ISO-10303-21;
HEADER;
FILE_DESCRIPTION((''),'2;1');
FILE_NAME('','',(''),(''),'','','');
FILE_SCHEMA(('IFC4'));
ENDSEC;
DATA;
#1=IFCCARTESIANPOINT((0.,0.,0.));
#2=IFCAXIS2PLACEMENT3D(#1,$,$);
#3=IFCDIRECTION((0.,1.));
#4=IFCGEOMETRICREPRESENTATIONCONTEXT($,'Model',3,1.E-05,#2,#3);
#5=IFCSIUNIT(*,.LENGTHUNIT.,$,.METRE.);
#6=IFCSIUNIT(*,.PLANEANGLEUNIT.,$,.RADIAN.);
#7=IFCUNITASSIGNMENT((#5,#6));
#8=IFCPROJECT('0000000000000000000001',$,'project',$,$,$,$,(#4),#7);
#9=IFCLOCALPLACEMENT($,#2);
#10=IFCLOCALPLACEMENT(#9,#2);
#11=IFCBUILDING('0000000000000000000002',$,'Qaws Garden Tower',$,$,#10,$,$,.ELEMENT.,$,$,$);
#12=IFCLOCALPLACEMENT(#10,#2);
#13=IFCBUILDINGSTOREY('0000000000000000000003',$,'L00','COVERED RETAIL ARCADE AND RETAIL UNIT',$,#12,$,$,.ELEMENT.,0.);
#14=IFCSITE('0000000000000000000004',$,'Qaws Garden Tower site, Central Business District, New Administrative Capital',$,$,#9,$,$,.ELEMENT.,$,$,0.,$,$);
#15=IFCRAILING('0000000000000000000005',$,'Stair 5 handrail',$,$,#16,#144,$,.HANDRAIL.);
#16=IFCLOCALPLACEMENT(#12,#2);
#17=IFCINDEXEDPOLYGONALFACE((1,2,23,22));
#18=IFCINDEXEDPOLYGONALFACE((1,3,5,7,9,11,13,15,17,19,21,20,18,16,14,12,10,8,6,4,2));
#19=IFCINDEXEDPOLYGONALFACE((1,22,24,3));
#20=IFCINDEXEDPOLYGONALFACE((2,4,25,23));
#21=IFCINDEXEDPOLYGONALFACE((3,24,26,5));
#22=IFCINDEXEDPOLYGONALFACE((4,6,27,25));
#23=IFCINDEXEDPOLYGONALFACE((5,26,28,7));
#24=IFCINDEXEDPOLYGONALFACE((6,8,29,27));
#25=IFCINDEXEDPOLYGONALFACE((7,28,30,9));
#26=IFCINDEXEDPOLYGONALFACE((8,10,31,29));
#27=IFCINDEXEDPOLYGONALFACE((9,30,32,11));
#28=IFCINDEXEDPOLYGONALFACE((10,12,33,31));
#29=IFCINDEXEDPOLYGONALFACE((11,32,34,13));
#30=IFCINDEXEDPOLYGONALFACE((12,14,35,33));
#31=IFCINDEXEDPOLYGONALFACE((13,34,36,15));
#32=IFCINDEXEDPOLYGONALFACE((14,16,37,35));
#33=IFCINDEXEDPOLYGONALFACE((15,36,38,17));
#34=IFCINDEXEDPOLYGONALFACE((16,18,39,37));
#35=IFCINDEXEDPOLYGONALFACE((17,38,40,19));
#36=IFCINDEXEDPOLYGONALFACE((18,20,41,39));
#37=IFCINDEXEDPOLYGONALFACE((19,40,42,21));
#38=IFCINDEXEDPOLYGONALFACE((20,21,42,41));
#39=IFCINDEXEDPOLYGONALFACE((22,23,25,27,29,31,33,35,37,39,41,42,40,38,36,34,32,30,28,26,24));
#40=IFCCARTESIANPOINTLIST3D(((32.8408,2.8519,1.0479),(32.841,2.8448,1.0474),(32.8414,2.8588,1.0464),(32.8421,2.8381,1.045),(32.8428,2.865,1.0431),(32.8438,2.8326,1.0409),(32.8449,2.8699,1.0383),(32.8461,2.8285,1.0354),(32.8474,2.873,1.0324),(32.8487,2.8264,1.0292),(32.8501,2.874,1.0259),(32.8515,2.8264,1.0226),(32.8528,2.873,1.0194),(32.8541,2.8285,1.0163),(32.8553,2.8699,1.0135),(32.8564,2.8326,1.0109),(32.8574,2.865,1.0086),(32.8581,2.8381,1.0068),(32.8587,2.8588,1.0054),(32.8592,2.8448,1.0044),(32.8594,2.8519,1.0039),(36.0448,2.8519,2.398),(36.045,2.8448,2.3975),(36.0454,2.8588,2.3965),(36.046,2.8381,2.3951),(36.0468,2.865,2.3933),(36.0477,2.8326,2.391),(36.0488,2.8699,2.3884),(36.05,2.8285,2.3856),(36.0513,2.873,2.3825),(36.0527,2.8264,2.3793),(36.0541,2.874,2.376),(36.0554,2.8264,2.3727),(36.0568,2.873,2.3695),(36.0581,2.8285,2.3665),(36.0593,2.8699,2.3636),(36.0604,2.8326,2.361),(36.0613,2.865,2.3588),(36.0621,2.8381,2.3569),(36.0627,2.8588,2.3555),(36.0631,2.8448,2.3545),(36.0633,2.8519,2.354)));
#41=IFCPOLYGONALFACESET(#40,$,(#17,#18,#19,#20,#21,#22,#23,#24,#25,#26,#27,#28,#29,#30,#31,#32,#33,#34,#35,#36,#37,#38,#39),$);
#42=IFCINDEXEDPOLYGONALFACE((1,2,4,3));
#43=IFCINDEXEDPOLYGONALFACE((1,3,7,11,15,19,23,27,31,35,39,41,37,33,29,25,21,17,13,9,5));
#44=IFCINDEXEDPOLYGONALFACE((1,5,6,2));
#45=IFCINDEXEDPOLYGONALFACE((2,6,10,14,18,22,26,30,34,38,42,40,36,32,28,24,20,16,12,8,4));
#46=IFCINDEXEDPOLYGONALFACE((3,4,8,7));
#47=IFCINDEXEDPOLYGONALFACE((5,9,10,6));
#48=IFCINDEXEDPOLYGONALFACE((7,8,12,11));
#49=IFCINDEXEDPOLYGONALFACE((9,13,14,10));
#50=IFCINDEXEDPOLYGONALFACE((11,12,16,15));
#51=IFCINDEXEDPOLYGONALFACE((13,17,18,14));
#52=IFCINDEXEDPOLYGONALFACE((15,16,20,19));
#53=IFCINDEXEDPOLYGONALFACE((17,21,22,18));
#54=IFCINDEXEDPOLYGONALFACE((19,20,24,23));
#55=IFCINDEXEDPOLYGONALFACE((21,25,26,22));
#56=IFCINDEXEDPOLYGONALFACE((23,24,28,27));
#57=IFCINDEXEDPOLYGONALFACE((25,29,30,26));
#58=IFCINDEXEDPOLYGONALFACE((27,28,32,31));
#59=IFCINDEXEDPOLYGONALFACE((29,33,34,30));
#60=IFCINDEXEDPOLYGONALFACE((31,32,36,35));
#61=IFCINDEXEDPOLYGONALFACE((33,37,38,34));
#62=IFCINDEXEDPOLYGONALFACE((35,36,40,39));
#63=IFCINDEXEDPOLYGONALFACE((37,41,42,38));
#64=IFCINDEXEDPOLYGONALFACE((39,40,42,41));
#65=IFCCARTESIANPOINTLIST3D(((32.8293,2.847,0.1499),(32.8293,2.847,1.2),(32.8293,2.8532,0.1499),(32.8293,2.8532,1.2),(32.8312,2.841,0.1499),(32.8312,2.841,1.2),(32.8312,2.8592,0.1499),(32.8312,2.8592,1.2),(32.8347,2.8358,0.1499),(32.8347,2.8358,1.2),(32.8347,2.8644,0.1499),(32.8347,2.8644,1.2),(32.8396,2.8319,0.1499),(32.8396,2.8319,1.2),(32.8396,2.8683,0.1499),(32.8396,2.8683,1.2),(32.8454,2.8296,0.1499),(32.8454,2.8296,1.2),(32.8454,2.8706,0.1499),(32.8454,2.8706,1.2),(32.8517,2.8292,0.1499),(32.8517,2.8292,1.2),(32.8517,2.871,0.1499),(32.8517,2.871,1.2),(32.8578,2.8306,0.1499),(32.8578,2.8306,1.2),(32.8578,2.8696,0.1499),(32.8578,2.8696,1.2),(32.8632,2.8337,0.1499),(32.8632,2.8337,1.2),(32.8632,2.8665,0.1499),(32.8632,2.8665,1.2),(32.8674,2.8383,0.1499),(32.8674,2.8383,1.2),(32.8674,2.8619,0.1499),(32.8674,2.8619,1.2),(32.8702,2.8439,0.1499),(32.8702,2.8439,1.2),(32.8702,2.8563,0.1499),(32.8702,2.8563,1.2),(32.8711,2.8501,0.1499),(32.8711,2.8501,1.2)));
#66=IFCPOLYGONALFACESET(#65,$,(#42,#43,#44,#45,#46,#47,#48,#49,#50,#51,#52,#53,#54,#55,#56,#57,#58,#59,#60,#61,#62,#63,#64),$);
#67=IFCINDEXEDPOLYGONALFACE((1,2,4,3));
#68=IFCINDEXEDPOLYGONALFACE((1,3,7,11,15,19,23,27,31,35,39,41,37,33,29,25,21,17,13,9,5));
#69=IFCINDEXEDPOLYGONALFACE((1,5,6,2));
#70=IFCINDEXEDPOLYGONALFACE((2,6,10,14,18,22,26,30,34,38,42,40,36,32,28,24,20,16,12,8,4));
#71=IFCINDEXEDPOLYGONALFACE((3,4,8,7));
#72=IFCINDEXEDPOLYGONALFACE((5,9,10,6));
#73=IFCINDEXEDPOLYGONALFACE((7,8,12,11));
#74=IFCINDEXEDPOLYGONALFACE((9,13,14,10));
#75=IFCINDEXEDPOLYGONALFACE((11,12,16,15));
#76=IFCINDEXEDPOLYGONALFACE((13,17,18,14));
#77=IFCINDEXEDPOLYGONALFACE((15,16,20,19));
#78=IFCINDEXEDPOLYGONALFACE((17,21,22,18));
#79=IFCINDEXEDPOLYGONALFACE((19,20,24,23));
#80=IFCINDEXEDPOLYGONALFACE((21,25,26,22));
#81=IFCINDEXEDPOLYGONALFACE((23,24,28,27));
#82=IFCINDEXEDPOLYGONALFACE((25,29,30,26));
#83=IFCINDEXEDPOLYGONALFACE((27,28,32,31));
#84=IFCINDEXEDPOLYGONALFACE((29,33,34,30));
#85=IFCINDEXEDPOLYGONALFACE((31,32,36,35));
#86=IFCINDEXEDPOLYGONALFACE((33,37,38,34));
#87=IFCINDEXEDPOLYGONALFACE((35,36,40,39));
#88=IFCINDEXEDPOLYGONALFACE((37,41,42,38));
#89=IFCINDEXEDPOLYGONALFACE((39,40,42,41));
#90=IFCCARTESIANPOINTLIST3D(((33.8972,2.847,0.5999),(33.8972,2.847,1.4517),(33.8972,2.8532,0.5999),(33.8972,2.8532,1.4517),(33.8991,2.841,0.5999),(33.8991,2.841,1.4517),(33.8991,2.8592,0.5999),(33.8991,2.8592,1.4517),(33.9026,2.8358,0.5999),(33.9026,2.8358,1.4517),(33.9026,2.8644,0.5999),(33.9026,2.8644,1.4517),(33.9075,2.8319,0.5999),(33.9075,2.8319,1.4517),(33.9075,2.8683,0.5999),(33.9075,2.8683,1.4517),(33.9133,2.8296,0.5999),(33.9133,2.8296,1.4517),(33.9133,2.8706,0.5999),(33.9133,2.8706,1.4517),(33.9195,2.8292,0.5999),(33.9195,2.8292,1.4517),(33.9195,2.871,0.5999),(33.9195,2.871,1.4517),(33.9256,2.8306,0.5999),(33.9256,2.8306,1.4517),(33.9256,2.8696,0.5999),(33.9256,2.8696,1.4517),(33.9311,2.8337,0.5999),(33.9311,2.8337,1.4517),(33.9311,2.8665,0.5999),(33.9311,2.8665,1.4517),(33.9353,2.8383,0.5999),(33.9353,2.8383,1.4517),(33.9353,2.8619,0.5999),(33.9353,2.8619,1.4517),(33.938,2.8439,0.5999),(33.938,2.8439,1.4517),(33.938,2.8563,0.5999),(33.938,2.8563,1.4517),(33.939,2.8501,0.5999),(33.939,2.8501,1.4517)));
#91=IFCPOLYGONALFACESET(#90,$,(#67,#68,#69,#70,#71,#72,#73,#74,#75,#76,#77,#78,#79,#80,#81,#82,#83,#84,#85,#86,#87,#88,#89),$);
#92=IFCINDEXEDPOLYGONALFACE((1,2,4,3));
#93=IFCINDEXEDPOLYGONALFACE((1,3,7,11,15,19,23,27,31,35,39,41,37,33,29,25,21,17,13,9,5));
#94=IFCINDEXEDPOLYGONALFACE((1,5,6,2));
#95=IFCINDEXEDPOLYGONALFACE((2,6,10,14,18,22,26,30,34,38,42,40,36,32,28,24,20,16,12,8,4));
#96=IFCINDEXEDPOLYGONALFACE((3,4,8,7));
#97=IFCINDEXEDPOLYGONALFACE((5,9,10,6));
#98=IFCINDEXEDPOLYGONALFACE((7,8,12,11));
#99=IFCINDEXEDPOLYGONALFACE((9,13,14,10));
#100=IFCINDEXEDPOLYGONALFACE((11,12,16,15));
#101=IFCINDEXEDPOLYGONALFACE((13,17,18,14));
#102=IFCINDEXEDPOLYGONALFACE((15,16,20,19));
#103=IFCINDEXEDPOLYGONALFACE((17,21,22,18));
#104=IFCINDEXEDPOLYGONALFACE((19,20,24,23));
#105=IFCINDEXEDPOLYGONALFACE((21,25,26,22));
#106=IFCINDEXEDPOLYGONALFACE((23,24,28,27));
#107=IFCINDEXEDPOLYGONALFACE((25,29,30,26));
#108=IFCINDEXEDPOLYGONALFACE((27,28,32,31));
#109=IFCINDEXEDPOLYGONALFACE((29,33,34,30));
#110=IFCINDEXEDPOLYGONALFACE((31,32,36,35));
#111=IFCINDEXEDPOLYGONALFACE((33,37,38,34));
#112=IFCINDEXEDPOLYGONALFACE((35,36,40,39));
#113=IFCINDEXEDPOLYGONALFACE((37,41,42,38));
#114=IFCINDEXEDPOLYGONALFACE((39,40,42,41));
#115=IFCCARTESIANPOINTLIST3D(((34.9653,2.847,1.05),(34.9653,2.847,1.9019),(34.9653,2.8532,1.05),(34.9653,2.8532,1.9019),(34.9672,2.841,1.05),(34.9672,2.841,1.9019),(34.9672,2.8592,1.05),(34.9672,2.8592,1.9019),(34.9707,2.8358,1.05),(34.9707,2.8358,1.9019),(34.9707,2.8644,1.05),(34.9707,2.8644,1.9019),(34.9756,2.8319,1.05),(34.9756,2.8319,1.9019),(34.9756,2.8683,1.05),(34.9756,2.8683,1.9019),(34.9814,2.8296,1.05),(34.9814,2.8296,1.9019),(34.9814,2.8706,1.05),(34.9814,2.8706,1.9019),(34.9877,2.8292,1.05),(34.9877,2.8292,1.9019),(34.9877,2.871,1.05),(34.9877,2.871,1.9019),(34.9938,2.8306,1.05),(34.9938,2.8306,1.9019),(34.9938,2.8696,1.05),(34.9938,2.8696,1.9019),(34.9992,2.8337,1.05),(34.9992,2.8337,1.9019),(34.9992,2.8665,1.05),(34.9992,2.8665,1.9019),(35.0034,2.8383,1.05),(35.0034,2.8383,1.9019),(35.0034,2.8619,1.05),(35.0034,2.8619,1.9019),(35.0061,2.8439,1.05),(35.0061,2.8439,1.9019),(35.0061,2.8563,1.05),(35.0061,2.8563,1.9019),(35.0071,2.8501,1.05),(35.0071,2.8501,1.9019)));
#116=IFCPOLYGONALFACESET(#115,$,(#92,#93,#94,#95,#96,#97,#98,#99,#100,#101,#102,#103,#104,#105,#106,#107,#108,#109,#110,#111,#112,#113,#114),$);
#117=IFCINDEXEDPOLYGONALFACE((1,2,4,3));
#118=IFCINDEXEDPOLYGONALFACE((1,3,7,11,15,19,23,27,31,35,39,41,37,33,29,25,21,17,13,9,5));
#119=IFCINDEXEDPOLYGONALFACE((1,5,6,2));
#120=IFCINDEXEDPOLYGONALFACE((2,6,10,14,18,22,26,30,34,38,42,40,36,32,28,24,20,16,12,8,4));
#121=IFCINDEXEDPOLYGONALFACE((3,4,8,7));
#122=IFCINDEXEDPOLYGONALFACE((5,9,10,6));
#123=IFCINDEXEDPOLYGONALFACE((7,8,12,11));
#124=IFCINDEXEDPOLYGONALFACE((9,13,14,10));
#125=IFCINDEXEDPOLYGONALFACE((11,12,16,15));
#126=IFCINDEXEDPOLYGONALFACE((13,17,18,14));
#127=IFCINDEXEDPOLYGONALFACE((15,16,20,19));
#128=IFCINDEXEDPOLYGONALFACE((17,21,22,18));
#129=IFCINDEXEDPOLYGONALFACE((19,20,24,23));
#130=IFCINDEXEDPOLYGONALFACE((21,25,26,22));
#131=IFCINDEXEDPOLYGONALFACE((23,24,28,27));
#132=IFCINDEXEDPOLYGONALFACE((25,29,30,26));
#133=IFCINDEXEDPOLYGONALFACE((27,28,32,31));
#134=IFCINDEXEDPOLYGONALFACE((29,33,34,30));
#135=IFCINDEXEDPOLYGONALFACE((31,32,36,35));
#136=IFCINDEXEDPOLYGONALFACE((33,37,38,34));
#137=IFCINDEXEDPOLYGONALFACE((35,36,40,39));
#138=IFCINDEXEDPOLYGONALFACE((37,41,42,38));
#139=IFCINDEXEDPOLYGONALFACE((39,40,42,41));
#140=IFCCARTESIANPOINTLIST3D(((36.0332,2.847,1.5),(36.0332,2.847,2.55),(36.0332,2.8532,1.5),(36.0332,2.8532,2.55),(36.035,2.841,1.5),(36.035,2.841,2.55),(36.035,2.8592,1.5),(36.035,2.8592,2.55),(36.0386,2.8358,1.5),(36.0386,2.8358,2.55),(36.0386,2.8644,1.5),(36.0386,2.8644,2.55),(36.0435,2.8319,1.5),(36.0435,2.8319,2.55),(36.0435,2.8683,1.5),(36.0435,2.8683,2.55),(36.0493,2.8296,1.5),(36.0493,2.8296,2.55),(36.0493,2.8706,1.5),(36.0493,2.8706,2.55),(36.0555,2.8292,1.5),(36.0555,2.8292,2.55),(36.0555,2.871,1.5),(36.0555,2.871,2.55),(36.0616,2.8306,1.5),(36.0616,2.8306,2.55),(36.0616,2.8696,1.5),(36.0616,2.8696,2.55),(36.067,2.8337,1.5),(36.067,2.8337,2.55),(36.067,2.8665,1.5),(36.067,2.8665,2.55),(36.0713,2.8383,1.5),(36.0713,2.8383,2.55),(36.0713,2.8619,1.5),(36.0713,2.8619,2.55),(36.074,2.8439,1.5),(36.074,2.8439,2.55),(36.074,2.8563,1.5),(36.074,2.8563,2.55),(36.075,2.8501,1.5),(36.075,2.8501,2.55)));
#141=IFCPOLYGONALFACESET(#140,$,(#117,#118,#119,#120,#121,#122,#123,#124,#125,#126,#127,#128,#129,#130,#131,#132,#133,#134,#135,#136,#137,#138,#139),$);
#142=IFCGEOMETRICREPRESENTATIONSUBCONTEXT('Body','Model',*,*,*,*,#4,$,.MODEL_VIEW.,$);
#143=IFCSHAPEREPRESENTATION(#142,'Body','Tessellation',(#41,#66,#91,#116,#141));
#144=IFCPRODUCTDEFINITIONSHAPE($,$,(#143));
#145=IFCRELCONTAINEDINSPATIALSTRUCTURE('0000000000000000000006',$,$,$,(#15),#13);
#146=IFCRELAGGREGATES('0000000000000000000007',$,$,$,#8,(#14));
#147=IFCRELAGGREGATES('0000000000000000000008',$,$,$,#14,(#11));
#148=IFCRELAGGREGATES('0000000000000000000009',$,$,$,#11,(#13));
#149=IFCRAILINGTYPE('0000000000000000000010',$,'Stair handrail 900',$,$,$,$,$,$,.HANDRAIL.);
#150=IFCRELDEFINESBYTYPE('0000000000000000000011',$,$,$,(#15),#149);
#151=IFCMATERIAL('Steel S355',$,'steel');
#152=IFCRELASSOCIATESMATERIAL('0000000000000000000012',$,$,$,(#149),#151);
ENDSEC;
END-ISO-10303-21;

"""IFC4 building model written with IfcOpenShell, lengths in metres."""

from ifc_helpers import new_model, si_unit, direction, frame, origin, origin_2d, place, context, subcontext, project, spatial, circle, extrude, material, type_object, element, save


model = new_model("IFC4")

# Units and contexts
model_context = context("Model", 3, precision=1e-05, world=origin(), true_north=direction((0.0, 1.0)))
body_context = subcontext(model_context, "Body", "Model", "MODEL_VIEW")
ifc_project = project(units=[si_unit("LENGTHUNIT", "METRE"), si_unit("PLANEANGLEUNIT", "RADIAN")], contexts=[model_context])

# Site, building, storey
site_placement = place(None, origin())
site = spatial("IfcSite", under=ifc_project, at=site_placement, Name="Qaws Garden Tower site, Central Business District, New Administrative Capital", CompositionType="ELEMENT", RefElevation=0.0)
building_placement = place(site_placement, origin())
building = spatial("IfcBuilding", under=site, at=building_placement, Name="Qaws Garden Tower", CompositionType="ELEMENT")
storey_placement = place(building_placement, origin())
storey = spatial("IfcBuildingStorey", under=building, at=storey_placement, Name="L00", Description="COVERED RETAIL ARCADE AND RETAIL UNIT", CompositionType="ELEMENT", Elevation=0.0)

# Railing
ifc_material_1 = material(Name="Steel S355", Category="steel")
railing_type = type_object("IfcRailingType", Name="Stair handrail 900", PredefinedType="HANDRAIL", material=ifc_material_1)
railing_1_placement = place(storey_placement, frame((32.8501, 2.8501, 0.1499)))
element("IfcRailing", 1, at=railing_1_placement, inside=storey, type_object=railing_type, Name="Stair 5 handrail", PredefinedType="HANDRAIL", context=body_context, shape_type="SweptSolid", body=[
    extrude(circle(Radius=0.0239, at=origin_2d()), frame((0.0, 0.0, 0.876), z_axis=(0.921522, 0.0, 0.388327), x_axis=(0.0, 1.0, 0.0)), (0.0, 0.0, 1.0), 3.4768),
    extrude(circle(Radius=0.021, at=origin_2d()), origin(), (0.0, 0.0, 1.0), 1.05),
    extrude(circle(Radius=0.021, at=origin_2d()), frame((1.0679, 0.0, 0.45)), (0.0, 0.0, 1.0), 0.8518),
    extrude(circle(Radius=0.021, at=origin_2d()), frame((2.136, 0.0, 0.9001)), (0.0, 0.0, 1.0), 0.8518),
    extrude(circle(Radius=0.021, at=origin_2d()), frame((3.2039, 0.0, 1.3501)), (0.0, 0.0, 1.0), 1.05),
])

save(model, "model.ifc")
